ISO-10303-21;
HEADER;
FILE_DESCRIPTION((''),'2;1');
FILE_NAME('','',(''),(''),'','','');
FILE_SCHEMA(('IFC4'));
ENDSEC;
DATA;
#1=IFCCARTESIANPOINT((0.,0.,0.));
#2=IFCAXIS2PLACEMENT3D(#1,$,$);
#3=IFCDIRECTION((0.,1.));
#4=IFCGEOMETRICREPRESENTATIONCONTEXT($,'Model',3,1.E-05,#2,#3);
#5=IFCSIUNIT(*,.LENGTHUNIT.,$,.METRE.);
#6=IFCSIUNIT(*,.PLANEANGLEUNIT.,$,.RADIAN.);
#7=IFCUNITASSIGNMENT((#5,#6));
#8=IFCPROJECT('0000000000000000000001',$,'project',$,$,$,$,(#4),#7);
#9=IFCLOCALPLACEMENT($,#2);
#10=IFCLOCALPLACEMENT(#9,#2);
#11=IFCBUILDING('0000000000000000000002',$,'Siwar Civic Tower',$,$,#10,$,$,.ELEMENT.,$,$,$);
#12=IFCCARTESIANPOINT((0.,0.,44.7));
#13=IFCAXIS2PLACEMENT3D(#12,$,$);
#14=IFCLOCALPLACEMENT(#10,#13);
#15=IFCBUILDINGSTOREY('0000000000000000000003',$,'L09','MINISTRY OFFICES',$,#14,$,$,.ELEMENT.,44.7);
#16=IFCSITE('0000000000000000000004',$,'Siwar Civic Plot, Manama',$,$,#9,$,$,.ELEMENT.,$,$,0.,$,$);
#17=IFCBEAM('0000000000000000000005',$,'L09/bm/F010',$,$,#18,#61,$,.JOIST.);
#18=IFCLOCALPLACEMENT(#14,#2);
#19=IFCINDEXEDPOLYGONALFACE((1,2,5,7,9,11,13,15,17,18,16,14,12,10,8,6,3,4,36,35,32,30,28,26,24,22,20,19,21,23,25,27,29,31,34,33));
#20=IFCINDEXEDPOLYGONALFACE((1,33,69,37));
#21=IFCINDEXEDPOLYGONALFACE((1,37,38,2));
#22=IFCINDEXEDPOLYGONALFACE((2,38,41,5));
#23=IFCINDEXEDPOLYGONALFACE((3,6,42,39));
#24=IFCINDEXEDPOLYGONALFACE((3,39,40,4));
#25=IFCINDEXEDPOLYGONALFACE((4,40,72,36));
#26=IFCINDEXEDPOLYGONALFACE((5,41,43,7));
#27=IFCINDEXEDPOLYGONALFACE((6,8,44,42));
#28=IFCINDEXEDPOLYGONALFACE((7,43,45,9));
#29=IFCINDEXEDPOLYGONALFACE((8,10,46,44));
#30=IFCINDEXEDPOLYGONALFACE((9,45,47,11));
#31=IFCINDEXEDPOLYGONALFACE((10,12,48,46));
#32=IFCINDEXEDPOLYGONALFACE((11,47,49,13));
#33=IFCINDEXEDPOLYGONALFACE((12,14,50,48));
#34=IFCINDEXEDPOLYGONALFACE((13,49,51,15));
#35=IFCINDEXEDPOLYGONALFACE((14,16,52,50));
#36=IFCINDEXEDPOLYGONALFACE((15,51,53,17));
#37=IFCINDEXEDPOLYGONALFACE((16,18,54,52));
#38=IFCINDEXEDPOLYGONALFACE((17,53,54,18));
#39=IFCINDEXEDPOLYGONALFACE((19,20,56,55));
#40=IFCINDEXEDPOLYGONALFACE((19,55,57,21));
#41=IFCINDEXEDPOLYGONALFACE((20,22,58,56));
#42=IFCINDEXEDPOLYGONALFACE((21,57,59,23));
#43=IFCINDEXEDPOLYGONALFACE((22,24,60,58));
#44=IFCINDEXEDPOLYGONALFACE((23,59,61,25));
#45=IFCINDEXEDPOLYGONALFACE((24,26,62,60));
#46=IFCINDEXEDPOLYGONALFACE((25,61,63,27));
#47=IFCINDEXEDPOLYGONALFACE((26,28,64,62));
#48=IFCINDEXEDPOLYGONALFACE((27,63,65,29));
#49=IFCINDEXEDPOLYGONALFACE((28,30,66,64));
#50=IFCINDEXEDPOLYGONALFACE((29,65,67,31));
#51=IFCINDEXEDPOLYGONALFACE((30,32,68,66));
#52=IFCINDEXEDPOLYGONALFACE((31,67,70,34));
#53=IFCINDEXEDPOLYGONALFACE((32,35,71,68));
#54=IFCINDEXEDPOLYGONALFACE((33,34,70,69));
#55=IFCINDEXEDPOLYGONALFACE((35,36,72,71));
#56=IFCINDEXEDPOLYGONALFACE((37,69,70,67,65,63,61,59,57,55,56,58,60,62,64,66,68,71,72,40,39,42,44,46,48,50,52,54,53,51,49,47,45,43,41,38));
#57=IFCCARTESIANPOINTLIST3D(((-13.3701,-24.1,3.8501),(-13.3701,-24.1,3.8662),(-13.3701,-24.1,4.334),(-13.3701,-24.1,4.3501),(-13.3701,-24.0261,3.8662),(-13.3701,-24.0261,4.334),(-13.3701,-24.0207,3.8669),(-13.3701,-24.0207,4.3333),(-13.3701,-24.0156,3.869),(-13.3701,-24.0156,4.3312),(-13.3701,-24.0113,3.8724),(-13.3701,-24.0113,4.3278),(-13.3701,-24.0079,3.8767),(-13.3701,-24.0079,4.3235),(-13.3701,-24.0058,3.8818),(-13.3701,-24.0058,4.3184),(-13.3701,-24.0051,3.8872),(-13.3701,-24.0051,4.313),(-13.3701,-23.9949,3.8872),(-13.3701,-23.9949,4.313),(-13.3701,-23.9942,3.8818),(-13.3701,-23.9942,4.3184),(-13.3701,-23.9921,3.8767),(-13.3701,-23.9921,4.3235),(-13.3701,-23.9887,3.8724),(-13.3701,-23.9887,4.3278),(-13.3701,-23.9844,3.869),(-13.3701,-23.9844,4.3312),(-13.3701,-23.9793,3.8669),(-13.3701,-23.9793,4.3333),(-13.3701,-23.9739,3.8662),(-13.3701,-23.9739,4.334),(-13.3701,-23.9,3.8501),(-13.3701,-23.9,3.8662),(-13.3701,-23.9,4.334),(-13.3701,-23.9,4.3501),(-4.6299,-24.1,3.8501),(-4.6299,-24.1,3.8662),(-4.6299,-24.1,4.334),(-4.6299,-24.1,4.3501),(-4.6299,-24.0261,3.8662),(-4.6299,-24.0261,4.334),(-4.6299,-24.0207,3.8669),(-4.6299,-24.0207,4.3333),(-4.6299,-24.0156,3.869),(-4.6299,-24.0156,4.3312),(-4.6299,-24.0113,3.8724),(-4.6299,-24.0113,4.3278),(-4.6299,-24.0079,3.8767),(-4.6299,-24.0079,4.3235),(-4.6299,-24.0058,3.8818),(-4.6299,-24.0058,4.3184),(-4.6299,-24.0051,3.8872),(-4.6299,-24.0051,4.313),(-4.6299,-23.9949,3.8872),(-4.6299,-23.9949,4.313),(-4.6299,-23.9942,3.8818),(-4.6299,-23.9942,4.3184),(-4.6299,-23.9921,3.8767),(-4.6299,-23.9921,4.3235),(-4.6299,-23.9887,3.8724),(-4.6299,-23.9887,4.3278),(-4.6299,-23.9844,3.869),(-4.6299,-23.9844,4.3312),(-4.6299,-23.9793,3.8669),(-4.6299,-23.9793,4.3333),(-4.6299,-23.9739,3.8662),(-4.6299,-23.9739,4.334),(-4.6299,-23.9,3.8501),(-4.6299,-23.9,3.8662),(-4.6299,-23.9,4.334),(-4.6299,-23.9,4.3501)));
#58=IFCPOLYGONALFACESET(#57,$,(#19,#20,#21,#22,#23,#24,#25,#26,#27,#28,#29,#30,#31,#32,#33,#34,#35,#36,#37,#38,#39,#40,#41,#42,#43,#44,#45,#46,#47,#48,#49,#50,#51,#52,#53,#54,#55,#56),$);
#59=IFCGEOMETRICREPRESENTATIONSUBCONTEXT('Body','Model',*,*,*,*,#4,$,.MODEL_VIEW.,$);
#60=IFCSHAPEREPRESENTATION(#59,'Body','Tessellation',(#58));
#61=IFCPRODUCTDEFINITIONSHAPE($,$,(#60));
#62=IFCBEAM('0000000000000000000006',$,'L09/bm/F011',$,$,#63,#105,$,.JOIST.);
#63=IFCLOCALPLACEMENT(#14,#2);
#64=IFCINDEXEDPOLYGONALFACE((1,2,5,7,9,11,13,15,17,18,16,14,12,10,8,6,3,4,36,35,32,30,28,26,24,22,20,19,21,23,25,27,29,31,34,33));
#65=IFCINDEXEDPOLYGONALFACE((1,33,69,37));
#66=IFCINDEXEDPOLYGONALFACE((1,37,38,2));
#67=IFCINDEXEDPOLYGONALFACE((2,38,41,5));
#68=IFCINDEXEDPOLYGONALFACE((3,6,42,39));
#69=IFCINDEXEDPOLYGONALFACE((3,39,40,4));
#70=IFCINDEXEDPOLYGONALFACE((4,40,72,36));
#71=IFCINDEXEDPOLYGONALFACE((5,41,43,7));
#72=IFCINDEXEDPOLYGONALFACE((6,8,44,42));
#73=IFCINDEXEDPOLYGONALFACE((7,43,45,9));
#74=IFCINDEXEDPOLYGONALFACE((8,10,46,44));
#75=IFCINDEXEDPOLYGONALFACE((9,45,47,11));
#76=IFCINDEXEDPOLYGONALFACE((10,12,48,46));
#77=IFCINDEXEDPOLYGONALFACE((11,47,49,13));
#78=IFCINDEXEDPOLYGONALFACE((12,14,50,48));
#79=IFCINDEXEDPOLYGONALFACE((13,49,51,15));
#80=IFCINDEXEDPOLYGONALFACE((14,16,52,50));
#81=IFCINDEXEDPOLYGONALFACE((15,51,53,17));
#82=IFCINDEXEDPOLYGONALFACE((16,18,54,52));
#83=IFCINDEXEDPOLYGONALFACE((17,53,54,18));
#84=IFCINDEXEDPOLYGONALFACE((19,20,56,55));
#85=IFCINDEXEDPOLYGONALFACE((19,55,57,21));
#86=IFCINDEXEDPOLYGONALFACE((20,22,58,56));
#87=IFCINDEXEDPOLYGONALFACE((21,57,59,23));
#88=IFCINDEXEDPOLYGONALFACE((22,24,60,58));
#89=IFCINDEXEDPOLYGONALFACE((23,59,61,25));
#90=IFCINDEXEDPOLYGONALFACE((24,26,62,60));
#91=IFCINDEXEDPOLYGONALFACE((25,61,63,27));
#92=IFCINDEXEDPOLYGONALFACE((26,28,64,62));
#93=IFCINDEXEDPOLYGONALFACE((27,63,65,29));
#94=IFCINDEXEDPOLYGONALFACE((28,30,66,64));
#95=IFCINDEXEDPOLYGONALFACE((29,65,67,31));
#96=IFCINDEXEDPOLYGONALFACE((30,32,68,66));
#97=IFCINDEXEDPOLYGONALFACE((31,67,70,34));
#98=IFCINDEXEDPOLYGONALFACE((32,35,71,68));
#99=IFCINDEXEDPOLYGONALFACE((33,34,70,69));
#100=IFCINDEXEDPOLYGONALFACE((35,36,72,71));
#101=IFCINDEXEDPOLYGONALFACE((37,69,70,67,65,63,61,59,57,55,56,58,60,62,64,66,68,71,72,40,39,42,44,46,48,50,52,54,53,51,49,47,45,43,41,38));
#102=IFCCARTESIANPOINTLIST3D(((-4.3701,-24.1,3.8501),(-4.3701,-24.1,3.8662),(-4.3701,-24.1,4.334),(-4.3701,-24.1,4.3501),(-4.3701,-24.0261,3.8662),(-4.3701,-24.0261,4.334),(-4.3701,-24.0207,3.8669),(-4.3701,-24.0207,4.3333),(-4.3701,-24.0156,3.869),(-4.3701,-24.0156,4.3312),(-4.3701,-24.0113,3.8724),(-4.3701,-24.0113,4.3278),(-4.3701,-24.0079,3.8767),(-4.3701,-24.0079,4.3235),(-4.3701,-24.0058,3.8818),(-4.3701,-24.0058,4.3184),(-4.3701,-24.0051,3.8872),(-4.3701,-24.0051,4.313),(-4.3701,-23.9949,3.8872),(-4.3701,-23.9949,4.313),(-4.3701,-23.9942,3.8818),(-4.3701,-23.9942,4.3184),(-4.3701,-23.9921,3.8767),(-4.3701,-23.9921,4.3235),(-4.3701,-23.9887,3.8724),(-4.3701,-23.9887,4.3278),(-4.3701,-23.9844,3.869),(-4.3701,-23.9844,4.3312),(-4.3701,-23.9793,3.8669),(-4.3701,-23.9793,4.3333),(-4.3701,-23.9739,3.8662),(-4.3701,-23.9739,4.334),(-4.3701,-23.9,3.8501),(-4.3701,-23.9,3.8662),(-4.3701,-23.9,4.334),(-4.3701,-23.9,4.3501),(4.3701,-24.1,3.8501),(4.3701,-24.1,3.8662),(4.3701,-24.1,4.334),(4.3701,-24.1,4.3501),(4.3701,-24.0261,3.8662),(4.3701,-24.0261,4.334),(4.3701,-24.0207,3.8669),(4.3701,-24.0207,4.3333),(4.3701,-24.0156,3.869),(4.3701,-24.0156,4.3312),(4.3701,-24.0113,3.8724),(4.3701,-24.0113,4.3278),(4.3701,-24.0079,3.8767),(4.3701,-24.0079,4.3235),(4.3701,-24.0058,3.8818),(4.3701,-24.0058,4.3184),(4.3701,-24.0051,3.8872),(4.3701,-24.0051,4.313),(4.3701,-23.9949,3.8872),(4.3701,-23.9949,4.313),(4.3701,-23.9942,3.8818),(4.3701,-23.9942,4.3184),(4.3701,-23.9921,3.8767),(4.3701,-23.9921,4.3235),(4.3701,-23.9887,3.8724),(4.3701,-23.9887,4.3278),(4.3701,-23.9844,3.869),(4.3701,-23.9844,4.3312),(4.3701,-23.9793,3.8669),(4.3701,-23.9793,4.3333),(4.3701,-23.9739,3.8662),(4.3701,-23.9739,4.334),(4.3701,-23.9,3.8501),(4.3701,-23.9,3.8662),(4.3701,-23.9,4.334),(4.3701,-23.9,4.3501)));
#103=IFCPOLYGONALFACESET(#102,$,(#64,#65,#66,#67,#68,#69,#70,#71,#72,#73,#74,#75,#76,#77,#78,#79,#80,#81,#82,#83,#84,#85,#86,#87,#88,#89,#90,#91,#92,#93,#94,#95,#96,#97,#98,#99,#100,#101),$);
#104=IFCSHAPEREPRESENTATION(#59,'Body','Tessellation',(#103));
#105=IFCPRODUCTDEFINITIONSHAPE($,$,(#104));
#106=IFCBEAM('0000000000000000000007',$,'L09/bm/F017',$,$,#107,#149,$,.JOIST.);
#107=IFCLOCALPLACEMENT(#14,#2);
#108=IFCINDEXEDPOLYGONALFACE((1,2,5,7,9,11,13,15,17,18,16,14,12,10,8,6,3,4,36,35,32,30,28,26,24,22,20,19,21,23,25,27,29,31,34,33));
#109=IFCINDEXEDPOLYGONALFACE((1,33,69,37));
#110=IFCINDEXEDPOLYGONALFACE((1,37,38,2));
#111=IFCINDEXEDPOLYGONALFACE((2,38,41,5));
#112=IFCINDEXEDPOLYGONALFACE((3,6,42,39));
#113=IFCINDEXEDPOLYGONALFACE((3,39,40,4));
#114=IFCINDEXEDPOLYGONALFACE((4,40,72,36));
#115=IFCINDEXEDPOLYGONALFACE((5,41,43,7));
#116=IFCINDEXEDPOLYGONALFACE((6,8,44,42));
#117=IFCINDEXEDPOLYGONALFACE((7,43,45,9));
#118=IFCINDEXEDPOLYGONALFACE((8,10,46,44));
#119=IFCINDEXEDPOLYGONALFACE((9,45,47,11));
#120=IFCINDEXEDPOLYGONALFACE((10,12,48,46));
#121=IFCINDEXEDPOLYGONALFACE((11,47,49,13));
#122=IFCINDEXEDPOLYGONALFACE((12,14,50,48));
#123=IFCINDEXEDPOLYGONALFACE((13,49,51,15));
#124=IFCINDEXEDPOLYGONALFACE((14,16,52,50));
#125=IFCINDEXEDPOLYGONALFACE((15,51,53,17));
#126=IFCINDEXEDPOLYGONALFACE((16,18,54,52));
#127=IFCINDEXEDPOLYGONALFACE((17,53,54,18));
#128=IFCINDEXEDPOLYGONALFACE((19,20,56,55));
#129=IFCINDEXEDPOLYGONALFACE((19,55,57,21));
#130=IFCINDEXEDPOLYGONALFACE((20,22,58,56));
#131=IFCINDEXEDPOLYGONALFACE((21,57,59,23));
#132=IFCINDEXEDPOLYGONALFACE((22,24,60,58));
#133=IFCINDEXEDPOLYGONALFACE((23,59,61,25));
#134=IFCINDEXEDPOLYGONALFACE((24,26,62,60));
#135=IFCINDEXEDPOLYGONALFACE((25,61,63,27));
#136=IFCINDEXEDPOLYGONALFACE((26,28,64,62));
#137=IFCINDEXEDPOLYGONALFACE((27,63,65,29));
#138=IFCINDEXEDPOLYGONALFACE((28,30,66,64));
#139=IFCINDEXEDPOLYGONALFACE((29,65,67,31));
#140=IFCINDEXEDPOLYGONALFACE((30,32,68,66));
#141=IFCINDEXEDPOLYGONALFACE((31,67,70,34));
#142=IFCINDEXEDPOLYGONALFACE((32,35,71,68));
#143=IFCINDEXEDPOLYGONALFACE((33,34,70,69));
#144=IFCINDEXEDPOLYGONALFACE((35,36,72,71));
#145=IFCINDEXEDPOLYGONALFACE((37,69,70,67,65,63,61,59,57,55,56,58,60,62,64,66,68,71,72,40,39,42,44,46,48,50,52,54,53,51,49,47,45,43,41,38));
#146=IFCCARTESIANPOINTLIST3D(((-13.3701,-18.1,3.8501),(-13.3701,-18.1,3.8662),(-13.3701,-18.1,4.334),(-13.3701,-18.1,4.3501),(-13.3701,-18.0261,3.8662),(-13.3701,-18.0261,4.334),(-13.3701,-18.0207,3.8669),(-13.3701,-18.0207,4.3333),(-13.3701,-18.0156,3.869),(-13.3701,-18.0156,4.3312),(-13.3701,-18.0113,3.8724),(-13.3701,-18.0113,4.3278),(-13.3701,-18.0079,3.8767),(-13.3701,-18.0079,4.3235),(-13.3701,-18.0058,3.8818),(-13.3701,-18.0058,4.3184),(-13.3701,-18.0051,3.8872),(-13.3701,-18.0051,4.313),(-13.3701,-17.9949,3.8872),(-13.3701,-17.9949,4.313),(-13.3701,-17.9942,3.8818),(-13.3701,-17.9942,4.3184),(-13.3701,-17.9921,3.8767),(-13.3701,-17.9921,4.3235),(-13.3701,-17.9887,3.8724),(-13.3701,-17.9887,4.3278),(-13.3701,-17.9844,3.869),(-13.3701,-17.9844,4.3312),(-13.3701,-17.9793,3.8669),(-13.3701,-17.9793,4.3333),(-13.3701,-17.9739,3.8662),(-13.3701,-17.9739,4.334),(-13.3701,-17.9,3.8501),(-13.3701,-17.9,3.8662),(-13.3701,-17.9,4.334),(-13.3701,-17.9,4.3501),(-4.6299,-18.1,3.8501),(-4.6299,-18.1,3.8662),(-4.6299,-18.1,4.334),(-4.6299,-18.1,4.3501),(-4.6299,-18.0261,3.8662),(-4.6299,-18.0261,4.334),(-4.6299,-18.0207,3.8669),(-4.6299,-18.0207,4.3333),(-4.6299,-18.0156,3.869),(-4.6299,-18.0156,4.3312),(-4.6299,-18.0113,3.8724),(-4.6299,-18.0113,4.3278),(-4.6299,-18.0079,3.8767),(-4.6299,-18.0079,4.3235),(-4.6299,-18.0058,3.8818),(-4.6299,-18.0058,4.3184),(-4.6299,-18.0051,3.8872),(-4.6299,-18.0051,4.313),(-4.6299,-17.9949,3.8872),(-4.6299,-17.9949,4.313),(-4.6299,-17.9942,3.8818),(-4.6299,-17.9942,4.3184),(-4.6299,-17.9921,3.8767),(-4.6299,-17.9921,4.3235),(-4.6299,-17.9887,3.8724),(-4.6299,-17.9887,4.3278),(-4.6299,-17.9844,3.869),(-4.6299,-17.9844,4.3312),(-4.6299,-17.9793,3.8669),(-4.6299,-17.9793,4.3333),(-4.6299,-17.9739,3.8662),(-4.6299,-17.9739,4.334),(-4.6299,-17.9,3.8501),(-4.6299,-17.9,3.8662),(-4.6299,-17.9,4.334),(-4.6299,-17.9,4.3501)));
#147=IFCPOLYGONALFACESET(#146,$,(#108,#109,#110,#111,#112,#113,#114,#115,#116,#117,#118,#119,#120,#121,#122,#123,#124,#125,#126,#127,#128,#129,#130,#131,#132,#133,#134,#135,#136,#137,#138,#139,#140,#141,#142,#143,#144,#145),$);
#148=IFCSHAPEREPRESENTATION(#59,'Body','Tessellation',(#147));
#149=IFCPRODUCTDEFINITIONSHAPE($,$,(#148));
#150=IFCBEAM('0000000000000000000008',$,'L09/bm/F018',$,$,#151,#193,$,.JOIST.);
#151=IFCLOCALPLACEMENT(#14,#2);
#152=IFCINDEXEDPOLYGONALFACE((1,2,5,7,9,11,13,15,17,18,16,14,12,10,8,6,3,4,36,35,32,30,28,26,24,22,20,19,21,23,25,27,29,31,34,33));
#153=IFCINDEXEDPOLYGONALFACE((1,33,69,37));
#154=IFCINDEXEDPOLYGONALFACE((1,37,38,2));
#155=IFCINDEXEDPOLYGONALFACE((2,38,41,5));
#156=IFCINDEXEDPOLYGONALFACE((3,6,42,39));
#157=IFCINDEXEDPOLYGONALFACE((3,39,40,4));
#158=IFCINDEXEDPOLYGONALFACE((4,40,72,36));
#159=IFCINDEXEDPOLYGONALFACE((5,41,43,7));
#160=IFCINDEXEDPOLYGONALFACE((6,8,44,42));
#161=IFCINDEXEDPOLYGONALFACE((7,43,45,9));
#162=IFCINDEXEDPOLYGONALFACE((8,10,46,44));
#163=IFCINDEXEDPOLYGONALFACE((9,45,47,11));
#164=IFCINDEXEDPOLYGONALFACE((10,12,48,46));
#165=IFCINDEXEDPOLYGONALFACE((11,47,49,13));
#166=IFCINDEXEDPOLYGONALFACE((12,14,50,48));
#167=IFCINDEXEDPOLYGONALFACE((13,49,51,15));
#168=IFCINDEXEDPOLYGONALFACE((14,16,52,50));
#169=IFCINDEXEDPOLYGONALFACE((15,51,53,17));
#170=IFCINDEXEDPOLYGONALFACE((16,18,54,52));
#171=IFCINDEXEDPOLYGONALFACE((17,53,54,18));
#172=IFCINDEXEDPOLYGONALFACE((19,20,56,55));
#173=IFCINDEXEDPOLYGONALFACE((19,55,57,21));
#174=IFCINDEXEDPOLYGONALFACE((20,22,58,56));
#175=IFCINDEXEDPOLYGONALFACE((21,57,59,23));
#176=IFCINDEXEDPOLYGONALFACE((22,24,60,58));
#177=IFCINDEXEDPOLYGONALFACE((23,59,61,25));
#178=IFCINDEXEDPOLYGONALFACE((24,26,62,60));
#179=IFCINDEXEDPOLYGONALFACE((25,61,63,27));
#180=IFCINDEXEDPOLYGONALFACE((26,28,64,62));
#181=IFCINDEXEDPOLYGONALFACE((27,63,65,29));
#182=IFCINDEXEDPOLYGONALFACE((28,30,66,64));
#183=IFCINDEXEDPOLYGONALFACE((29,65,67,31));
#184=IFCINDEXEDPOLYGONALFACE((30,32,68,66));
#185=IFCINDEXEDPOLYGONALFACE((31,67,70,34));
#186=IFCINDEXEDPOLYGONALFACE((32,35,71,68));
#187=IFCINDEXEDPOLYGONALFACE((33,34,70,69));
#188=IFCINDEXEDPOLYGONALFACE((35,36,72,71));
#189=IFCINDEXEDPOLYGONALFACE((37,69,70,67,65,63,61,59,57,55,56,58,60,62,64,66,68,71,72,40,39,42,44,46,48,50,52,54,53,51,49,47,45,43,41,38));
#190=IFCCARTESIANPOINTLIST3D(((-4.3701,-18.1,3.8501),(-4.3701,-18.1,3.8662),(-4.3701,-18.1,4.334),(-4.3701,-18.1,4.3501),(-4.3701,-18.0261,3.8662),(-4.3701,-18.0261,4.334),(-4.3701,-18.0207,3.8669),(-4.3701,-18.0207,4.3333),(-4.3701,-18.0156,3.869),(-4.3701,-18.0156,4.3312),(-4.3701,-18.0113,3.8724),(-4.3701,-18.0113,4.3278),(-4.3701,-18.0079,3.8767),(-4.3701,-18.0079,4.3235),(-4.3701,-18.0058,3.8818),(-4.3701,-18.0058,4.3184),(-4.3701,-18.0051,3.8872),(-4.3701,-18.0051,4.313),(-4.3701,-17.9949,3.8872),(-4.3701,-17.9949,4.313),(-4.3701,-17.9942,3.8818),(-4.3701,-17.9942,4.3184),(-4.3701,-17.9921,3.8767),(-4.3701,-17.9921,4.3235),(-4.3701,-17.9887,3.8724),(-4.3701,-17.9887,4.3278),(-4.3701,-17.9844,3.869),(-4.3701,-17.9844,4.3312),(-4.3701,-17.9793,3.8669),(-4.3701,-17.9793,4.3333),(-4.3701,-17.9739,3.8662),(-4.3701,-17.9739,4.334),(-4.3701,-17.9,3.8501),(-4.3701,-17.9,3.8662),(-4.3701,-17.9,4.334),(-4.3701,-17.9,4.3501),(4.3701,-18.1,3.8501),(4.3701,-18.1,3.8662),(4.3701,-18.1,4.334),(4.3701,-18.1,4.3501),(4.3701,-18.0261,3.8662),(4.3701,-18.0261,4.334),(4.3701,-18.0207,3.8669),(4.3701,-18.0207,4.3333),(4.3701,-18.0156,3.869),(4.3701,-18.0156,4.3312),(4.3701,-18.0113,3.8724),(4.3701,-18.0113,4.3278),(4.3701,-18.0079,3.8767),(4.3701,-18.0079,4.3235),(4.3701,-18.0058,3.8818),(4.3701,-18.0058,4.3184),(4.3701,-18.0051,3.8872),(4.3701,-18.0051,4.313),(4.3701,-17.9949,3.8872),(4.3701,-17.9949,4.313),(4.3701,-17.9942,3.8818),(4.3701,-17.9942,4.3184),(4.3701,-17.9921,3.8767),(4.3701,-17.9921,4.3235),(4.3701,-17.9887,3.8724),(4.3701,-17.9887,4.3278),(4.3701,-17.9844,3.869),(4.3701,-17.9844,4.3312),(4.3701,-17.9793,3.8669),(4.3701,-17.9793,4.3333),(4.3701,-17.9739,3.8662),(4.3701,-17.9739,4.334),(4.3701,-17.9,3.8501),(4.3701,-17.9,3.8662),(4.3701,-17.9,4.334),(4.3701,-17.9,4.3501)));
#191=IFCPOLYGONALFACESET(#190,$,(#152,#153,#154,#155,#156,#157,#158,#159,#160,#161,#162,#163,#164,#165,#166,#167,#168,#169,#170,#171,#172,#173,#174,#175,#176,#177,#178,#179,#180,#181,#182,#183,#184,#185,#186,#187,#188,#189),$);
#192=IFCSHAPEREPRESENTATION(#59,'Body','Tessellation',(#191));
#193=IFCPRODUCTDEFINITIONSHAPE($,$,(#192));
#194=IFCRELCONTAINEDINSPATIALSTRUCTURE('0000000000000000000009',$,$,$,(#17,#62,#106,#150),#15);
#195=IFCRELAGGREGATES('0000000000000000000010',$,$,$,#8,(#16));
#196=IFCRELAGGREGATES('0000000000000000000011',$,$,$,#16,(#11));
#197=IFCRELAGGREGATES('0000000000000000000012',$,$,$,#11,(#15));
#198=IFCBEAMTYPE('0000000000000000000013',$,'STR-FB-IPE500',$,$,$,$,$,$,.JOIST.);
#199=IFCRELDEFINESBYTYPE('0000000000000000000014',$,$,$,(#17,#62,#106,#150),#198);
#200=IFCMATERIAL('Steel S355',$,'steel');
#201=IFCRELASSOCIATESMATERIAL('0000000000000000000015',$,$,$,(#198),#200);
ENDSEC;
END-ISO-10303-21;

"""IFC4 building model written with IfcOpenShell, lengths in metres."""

from ifc_helpers import new_model, si_unit, direction, frame, origin, origin_2d, place, context, subcontext, project, spatial, i_section, extrude, material, material_profile, profile_set, type_object, element, save


model = new_model("IFC4")

# Units and contexts
model_context = context("Model", 3, precision=1e-05, world=origin(), true_north=direction((0.0, 1.0)))
body_context = subcontext(model_context, "Body", "Model", "MODEL_VIEW")
ifc_project = project(units=[si_unit("LENGTHUNIT", "METRE"), si_unit("PLANEANGLEUNIT", "RADIAN")], contexts=[model_context])

# Site, building, storey
site_placement = place(None, origin())
site = spatial("IfcSite", under=ifc_project, at=site_placement, Name="Siwar Civic Plot, Manama", CompositionType="ELEMENT", RefElevation=0.0)
building_placement = place(site_placement, origin())
building = spatial("IfcBuilding", under=site, at=building_placement, Name="Siwar Civic Tower", CompositionType="ELEMENT")
storey_placement = place(building_placement, frame((0.0, 0.0, 44.7)))
storey = spatial("IfcBuildingStorey", under=building, at=storey_placement, Name="L09", Description="MINISTRY OFFICES", CompositionType="ELEMENT", Elevation=44.7)

# Beams
ifc_material_1 = material(Name="Steel S355", Category="steel")
ifc_material_profile_1 = material_profile(ifc_material_1, i_section(OverallWidth=0.2, OverallDepth=0.5, WebThickness=0.0103, FlangeThickness=0.0161, FilletRadius=0.021, at=origin_2d()), Name="IPE500")
ifc_profile_set_1 = profile_set([ifc_material_profile_1], Name="Steel S355")
beam_type_1 = type_object("IfcBeamType", Name="STR-FB-IPE500", PredefinedType="JOIST", material=ifc_profile_set_1)
for number, where, z_axis, x_axis, name in (
    (1, (-13.3701, -24.0, 4.1001), (1.0, 0.0, 0.0), (0.0, 1.0, 0.0), "L09/bm/F010"),
    (2, (-4.3701, -24.0, 4.1001), (1.0, 0.0, 0.0), (0.0, 1.0, 0.0), "L09/bm/F011"),
    (3, (-13.3701, -18.0, 4.1001), (1.0, 0.0, 0.0), (0.0, 1.0, 0.0), "L09/bm/F017"),
    (4, (-4.3701, -18.0, 4.1001), (1.0, 0.0, 0.0), (0.0, 1.0, 0.0), "L09/bm/F018"),
):
    element("IfcBeam", number, at=place(storey_placement, frame(where, z_axis=z_axis, x_axis=x_axis)), inside=storey, type_object=beam_type_1, Name=name, PredefinedType="JOIST", context=body_context, shape_type="SweptSolid", body=[
        extrude(i_section(OverallWidth=0.2, OverallDepth=0.5, WebThickness=0.0103, FlangeThickness=0.0161, FilletRadius=0.021, at=origin_2d()), origin(), (0.0, 0.0, 1.0), 8.7402),
    ])

save(model, "model.ifc")
